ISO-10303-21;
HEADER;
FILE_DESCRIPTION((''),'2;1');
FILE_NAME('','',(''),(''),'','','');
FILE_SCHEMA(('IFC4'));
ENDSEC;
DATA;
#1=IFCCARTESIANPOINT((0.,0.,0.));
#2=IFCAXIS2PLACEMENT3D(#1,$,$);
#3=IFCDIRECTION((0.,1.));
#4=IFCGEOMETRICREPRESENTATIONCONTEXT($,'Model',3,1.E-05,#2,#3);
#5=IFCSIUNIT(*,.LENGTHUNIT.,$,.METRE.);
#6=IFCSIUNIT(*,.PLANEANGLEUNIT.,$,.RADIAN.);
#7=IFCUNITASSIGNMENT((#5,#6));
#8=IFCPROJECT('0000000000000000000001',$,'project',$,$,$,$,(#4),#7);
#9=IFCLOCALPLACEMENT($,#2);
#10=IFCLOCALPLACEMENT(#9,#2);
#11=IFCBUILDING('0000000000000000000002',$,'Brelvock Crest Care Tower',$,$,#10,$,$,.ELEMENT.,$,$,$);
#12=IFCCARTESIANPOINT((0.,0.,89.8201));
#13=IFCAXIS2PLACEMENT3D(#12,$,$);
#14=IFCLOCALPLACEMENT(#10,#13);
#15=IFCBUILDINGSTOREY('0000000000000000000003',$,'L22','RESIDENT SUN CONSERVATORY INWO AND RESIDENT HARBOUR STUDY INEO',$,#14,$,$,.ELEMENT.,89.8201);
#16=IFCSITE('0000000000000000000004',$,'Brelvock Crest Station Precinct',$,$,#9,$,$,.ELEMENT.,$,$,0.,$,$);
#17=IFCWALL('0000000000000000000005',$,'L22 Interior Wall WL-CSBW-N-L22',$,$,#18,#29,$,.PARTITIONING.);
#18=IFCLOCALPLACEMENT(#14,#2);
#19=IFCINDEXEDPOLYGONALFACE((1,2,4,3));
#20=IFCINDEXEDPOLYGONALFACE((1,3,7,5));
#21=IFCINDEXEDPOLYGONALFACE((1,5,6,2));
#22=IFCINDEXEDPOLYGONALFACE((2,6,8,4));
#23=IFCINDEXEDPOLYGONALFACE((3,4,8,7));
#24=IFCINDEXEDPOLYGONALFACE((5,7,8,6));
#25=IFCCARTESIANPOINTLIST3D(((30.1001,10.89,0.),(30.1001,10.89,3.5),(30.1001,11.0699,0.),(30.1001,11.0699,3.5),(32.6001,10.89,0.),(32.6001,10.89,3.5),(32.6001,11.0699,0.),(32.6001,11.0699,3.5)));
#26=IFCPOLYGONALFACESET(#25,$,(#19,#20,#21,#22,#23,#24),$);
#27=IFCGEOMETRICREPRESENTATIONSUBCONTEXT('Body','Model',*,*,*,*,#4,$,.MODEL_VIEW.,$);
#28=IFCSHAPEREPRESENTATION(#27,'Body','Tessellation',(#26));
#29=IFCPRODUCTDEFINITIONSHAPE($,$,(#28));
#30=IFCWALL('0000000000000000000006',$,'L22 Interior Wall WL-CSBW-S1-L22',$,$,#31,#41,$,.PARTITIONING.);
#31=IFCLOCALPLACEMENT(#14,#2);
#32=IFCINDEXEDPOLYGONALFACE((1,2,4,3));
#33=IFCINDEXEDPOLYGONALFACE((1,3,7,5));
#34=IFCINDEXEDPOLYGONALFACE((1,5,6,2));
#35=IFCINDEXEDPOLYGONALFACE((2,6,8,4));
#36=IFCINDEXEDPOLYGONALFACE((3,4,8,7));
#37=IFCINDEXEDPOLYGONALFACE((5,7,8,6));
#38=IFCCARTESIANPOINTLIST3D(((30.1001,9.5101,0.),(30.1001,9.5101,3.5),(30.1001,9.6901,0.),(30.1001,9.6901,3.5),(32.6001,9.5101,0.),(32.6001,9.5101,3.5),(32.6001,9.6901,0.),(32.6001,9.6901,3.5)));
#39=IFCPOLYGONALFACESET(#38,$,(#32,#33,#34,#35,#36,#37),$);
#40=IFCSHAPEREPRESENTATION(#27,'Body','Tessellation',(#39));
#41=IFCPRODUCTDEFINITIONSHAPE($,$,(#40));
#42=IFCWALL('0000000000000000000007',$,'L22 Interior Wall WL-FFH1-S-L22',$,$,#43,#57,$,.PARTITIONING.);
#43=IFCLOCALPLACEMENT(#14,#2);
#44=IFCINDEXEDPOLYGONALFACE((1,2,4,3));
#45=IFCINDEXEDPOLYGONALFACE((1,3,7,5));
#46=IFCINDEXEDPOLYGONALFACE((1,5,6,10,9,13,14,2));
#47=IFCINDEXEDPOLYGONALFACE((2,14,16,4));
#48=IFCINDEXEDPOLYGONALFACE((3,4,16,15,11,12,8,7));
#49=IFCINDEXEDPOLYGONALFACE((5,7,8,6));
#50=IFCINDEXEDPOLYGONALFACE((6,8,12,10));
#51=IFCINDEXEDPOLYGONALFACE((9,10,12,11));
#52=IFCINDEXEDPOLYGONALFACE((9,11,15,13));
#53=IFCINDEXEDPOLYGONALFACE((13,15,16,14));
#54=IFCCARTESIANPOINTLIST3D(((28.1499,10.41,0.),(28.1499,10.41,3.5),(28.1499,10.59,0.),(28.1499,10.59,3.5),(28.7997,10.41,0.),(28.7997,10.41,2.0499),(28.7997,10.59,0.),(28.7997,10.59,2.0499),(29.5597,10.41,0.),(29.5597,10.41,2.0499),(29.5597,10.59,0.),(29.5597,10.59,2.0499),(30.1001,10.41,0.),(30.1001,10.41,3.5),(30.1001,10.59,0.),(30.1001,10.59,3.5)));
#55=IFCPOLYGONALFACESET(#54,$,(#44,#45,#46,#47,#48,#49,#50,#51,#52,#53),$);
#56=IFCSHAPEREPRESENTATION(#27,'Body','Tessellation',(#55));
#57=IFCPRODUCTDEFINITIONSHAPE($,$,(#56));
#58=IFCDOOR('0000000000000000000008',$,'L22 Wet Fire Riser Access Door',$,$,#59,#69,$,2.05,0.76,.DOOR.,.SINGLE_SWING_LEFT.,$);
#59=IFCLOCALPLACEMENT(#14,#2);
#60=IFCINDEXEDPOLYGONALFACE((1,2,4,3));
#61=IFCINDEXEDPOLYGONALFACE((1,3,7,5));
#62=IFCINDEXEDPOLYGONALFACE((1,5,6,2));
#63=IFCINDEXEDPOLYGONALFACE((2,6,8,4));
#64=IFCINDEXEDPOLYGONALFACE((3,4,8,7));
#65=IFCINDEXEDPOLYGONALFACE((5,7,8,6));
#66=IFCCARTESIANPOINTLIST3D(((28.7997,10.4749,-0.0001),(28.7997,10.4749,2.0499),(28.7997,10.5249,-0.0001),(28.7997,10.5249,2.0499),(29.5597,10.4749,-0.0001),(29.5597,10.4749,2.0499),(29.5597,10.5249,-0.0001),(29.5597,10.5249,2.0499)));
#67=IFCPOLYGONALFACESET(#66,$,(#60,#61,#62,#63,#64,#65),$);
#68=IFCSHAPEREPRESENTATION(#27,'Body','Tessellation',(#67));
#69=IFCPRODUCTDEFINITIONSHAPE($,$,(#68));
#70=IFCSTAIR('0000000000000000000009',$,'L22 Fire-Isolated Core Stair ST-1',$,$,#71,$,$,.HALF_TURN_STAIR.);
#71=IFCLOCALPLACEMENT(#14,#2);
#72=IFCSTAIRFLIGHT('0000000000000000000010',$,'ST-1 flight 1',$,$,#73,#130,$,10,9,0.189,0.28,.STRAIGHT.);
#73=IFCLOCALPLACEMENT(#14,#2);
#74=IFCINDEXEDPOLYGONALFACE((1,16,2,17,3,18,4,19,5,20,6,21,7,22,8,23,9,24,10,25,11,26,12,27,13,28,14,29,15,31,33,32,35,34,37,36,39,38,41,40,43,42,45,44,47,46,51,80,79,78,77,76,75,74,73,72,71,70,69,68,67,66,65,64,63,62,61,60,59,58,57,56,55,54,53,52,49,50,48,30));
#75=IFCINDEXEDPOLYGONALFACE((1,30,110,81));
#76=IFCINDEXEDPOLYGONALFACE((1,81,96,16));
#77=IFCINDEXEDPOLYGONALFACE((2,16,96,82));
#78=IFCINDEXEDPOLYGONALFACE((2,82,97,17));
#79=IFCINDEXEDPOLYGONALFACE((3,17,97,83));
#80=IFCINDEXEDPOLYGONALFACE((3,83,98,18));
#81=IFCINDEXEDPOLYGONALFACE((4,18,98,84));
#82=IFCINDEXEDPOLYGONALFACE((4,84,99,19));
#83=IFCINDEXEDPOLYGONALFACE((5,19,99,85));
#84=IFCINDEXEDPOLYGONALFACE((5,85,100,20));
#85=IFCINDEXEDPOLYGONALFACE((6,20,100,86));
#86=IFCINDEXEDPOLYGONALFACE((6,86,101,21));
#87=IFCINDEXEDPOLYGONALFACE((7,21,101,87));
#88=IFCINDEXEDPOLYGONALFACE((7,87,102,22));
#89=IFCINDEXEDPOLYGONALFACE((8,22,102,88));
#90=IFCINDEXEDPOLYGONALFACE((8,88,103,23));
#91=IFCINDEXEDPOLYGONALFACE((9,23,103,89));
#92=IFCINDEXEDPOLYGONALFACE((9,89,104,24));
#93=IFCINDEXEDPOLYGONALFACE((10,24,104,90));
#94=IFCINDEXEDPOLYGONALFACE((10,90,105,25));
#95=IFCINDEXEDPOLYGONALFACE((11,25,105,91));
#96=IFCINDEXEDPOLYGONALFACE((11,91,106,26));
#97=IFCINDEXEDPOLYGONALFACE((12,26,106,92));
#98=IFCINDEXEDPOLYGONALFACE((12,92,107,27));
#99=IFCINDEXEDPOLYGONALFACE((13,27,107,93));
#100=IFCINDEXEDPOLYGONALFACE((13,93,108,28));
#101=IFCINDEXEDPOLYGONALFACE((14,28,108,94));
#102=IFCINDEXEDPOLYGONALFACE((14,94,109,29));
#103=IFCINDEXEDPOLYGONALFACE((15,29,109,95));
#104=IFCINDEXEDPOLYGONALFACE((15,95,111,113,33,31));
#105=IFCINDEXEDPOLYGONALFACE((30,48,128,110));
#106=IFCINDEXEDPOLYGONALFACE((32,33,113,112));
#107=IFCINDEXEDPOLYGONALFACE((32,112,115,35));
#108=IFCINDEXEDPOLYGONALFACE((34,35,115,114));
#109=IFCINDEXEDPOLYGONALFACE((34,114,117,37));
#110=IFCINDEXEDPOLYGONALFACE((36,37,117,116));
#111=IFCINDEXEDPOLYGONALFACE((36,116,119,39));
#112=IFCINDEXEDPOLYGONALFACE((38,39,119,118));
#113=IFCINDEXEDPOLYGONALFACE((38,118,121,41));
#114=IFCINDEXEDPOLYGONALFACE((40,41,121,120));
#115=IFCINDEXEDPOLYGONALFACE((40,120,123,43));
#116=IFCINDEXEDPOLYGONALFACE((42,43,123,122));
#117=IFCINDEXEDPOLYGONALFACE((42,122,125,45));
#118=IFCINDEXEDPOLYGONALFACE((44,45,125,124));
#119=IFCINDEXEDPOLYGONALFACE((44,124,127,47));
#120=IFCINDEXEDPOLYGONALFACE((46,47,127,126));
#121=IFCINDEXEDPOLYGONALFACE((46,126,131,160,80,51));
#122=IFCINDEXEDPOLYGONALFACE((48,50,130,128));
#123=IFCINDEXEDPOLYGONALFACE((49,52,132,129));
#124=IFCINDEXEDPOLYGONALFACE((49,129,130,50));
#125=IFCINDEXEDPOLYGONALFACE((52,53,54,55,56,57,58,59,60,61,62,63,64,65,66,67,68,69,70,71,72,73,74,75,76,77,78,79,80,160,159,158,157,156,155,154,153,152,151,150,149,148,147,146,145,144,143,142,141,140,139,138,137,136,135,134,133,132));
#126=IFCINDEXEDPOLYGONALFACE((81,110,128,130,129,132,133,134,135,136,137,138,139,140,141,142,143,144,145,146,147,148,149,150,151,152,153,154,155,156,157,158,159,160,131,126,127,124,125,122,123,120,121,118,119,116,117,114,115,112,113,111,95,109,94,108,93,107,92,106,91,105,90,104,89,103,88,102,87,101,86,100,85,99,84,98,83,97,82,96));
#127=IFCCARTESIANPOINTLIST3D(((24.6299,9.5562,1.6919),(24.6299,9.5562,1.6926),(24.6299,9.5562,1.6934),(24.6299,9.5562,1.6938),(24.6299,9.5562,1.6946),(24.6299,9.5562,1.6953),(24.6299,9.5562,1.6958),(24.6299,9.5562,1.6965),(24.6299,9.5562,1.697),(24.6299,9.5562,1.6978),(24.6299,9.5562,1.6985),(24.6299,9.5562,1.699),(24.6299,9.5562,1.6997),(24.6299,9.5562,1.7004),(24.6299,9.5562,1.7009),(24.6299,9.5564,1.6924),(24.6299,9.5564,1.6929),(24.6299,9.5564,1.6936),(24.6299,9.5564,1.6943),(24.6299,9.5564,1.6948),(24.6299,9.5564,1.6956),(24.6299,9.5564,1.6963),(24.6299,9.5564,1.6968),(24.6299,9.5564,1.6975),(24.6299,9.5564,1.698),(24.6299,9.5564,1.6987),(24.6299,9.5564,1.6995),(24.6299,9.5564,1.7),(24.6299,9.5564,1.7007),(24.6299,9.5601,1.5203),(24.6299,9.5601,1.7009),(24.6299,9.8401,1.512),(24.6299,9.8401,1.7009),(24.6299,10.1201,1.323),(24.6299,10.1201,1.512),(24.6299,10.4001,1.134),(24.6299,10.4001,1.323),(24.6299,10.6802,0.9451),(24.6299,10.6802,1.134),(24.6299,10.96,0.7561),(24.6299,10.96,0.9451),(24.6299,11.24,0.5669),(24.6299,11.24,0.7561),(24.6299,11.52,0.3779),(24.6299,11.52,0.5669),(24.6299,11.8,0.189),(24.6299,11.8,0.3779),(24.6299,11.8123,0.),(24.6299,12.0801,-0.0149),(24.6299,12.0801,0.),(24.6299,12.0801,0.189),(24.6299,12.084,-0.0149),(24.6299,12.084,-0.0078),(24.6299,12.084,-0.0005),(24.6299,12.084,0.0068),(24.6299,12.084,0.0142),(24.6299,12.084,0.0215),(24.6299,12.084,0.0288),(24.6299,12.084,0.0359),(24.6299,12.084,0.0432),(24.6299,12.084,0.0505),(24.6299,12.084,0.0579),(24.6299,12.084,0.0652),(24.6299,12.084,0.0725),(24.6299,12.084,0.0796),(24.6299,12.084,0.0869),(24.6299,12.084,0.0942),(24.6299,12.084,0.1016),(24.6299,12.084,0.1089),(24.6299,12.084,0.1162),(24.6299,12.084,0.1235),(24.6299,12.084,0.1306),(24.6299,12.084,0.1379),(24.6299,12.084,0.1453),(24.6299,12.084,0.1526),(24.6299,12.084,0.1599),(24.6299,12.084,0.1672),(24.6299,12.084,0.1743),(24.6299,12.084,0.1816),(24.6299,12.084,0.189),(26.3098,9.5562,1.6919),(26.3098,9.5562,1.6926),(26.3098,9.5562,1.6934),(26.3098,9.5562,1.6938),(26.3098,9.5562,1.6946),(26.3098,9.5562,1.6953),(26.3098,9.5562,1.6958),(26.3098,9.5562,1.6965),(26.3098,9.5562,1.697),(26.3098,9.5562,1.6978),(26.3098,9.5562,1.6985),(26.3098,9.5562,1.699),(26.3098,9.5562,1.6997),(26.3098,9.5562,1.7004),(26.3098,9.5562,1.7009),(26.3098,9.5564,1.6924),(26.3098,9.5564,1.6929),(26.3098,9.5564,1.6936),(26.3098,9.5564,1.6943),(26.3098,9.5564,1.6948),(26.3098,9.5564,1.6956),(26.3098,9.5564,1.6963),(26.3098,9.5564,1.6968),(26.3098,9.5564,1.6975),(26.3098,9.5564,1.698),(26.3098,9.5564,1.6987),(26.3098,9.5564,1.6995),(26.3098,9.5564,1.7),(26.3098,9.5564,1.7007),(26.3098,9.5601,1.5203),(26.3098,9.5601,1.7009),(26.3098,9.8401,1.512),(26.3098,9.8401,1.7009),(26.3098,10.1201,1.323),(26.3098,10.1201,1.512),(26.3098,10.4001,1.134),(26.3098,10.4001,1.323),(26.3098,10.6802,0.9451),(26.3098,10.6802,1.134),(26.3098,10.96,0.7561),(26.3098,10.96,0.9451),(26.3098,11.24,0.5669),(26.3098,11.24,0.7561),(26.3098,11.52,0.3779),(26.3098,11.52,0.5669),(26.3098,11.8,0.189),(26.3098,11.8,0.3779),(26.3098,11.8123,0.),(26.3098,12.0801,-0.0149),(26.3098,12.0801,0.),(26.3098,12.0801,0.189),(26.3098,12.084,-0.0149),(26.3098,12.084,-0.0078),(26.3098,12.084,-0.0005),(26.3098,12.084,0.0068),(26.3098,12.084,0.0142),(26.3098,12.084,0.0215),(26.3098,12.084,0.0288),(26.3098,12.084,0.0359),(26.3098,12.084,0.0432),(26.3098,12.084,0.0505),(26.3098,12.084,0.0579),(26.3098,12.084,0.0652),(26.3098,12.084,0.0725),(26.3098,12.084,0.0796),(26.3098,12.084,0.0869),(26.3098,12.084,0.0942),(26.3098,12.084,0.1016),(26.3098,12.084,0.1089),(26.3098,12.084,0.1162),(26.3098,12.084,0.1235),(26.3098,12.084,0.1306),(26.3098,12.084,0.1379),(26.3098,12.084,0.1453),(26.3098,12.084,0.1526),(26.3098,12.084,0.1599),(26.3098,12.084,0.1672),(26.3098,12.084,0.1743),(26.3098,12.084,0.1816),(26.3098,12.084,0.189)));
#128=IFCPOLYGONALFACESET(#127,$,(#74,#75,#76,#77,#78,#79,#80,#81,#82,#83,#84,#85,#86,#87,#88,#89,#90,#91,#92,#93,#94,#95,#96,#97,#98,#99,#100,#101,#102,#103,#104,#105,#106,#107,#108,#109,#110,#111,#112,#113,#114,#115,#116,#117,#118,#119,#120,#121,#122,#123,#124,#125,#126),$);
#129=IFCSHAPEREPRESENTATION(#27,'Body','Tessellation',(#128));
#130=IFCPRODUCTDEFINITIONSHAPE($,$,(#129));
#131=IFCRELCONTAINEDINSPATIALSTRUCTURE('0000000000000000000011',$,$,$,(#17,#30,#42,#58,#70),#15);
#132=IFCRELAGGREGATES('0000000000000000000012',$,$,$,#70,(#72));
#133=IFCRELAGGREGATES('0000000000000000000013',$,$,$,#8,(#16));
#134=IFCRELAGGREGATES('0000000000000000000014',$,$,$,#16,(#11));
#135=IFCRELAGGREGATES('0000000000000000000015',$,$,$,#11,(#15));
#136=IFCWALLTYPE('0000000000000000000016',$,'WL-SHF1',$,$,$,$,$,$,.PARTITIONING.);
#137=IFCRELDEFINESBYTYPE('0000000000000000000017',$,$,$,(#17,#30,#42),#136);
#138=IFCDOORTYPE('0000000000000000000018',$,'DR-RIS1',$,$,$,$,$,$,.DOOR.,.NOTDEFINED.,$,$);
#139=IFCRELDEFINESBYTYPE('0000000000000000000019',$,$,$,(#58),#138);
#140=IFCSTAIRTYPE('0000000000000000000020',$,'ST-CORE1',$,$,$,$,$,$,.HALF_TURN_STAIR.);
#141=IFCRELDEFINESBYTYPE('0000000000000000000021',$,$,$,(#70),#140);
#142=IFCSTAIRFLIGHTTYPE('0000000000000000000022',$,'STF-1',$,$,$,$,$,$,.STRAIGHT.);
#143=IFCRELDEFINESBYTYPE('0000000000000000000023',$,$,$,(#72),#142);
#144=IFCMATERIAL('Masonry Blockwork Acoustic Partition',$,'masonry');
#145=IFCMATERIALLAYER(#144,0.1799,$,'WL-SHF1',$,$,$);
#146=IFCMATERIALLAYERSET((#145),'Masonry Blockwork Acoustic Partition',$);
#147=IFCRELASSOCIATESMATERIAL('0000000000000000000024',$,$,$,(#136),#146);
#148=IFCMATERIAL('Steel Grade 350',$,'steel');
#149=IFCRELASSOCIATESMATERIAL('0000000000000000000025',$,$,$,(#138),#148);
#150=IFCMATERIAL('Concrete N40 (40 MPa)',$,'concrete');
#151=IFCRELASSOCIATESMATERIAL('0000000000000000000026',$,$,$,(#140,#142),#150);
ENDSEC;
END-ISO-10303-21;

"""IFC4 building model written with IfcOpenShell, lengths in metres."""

from ifc_helpers import new_model, si_unit, direction, frame, frame_2d, origin, origin_2d, place, context, subcontext, project, spatial, polyline, rectangle, outline, extrude, source, transform, mapped, material, layer, layer_set, type_object, element, fill, aggregate, save


model = new_model("IFC4")

# Units and contexts
model_context = context("Model", 3, precision=1e-05, world=origin(), true_north=direction((0.0, 1.0)))
body_context = subcontext(model_context, "Body", "Model", "MODEL_VIEW")
ifc_project = project(units=[si_unit("LENGTHUNIT", "METRE"), si_unit("PLANEANGLEUNIT", "RADIAN")], contexts=[model_context])

# Site, building, storey
site_placement = place(None, origin())
site = spatial("IfcSite", under=ifc_project, at=site_placement, Name="Brelvock Crest Station Precinct", CompositionType="ELEMENT", RefElevation=0.0)
building_placement = place(site_placement, origin())
building = spatial("IfcBuilding", under=site, at=building_placement, Name="Brelvock Crest Care Tower", CompositionType="ELEMENT")
storey_placement = place(building_placement, frame((0.0, 0.0, 89.8201)))
storey = spatial("IfcBuildingStorey", under=building, at=storey_placement, Name="L22", Description="RESIDENT SUN CONSERVATORY INWO AND RESIDENT HARBOUR STUDY INEO", CompositionType="ELEMENT", Elevation=89.8201)

# Shared definitions
ifc_material_1 = material(Name="Steel Grade 350", Category="steel")

# Walls
ifc_material_2 = material(Name="Masonry Blockwork Acoustic Partition", Category="masonry")
ifc_layer_1 = layer(ifc_material_2, 0.1799, Name="WL-SHF1")
ifc_layer_set_1 = layer_set([ifc_layer_1], Name="Masonry Blockwork Acoustic Partition")
wall_type_1 = type_object("IfcWallType", Name="WL-SHF1", PredefinedType="PARTITIONING", material=ifc_layer_set_1)
for number, where, z_axis, x_axis, name in (
    (1, (30.1001, 10.98, 0.0), (0.0, 0.0, 1.0), (1.0, 0.0, 0.0), "L22 Interior Wall WL-CSBW-N-L22"),
    (2, (30.1001, 9.6001, 0.0), (0.0, 0.0, 1.0), (1.0, 0.0, 0.0), "L22 Interior Wall WL-CSBW-S1-L22"),
):
    element("IfcWall", number, at=place(storey_placement, frame(where, z_axis=z_axis, x_axis=x_axis)), inside=storey, type_object=wall_type_1, Name=name, PredefinedType="PARTITIONING", context=body_context, shape_type="SweptSolid", body=[
        extrude(rectangle(XDim=2.5, YDim=0.1799, at=frame_2d((1.25, 0.0))), origin(), (0.0, 0.0, 1.0), 3.5),
    ])

# Wall, opening, door
wall_1_placement = place(storey_placement, frame((28.1499, 10.5, 0.0), z_axis=(0.0, 0.0, 1.0), x_axis=(1.0, 0.0, 0.0)))
wall_1 = element("IfcWall", 3, at=wall_1_placement, inside=storey, type_object=wall_type_1, Name="L22 Interior Wall WL-FFH1-S-L22", PredefinedType="PARTITIONING", context=body_context, shape_type="SweptSolid", body=[
    extrude(rectangle(XDim=1.9502, YDim=0.1799, at=frame_2d((0.9751, 0.0))), origin(), (0.0, 0.0, 1.0), 3.5),
])
opening_placement = place(wall_1_placement, frame((0.6499, 0.0, 0.0)))
opening = element("IfcOpeningElement", 4, at=opening_placement, cuts=wall_1, PredefinedType="OPENING", context=body_context, shape_type="SweptSolid", body=[
    extrude(rectangle(XDim=0.76, YDim=2.05, at=origin_2d()), frame((0.3799, 0.1001, 1.0249), z_axis=(0.0, -1.0, 0.0), x_axis=(1.0, 0.0, 0.0)), (0.0, 0.0, 1.0), 0.2),
])
door_type = type_object("IfcDoorType", Name="DR-RIS1", OperationType="NOTDEFINED", PredefinedType="DOOR", material=ifc_material_1)
shared_shape_1 = source(origin(), body_context, "Body", "SweptSolid", [
    extrude(rectangle(XDim=0.76, YDim=2.05, at=origin_2d()), frame((0.3799, 0.0249, 1.0249), z_axis=(0.0, -1.0, 0.0), x_axis=(1.0, 0.0, 0.0)), (0.0, 0.0, 1.0), 0.05),
])
door_placement = place(opening_placement, origin())
door = element("IfcDoor", 5, at=door_placement, inside=storey, type_object=door_type, Name="L22 Wet Fire Riser Access Door", OperationType="SINGLE_SWING_LEFT", OverallHeight=2.05, OverallWidth=0.76, PredefinedType="DOOR", context=body_context, shape_type="MappedRepresentation", body=[
    mapped(shared_shape_1, transform((0.0, 0.0, 0.0), x_axis=(1.0, 0.0, 0.0), y_axis=(0.0, 1.0, 0.0), z_axis=(0.0, 0.0, 1.0), scale=1.0)),
])
fill(opening, door)

# Stair, stair flight
ifc_material_3 = material(Name="Concrete N40 (40 MPa)", Category="concrete")
stair_type = type_object("IfcStairType", Name="ST-CORE1", PredefinedType="HALF_TURN_STAIR", material=ifc_material_3)
stair_placement = place(storey_placement, origin())
stair = element("IfcStair", 6, at=stair_placement, inside=storey, type_object=stair_type, Name="L22 Fire-Isolated Core Stair ST-1", PredefinedType="HALF_TURN_STAIR")
stair_flight_type = type_object("IfcStairFlightType", Name="STF-1", PredefinedType="STRAIGHT", material=ifc_material_3)
stair_flight_1_placement = place(storey_placement, frame((25.47, 12.0801, 0.0), z_axis=(0.0, 0.0, 1.0), x_axis=(0.0, -1.0, 0.0)))
stair_flight_1 = element("IfcStairFlight", 7, at=stair_flight_1_placement, type_object=stair_flight_type, Name="ST-1 flight 1", NumberOfRisers=10, NumberOfTreads=9, PredefinedType="STRAIGHT", RiserHeight=0.189, TreadLength=0.28, context=body_context, shape_type="SweptSolid", body=[
    extrude(outline(polyline([(-0.0039, -0.0149), (-0.0039, -0.0078), (-0.0039, -0.0005), (-0.0039, 0.0068), (-0.0039, 0.0142), (-0.0039, 0.0215), (-0.0039, 0.0288), (-0.0039, 0.0359), (-0.0039, 0.0432), (-0.0039, 0.0505), (-0.0039, 0.0579), (-0.0039, 0.0652), (-0.0039, 0.0725), (-0.0039, 0.0796), (-0.0039, 0.0869), (-0.0039, 0.0942), (-0.0039, 0.1016), (-0.0039, 0.1089), (-0.0039, 0.1162), (-0.0039, 0.1235), (-0.0039, 0.1306), (-0.0039, 0.1379), (-0.0039, 0.1453), (-0.0039, 0.1526), (-0.0039, 0.1599), (-0.0039, 0.1672), (-0.0039, 0.1743), (-0.0039, 0.1816), (-0.0039, 0.189), (0.0, 0.189), (0.28, 0.189), (0.28, 0.3779), (0.5601, 0.3779), (0.5601, 0.5669), (0.8401, 0.5669), (0.8401, 0.7561), (1.1201, 0.7561), (1.1201, 0.9451), (1.3999, 0.9451), (1.3999, 1.134), (1.6799, 1.134), (1.6799, 1.323), (1.96, 1.323), (1.96, 1.512), (2.24, 1.512), (2.24, 1.7009), (2.52, 1.7009), (2.5239, 1.7009), (2.5237, 1.7007), (2.5239, 1.7004), (2.5237, 1.7), (2.5239, 1.6997), (2.5237, 1.6995), (2.5239, 1.699), (2.5237, 1.6987), (2.5239, 1.6985), (2.5237, 1.698), (2.5239, 1.6978), (2.5237, 1.6975), (2.5239, 1.697), (2.5237, 1.6968), (2.5239, 1.6965), (2.5237, 1.6963), (2.5239, 1.6958), (2.5237, 1.6956), (2.5239, 1.6953), (2.5237, 1.6948), (2.5239, 1.6946), (2.5237, 1.6943), (2.5239, 1.6938), (2.5237, 1.6936), (2.5239, 1.6934), (2.5237, 1.6929), (2.5239, 1.6926), (2.5237, 1.6924), (2.5239, 1.6919), (2.52, 1.5203), (0.2678, 0.0), (0.0, 0.0), (0.0, -0.0149), (-0.0039, -0.0149)])), frame((0.0, 0.8398, 0.0), z_axis=(0.0, -1.0, 0.0), x_axis=(1.0, 0.0, 0.0)), (0.0, 0.0, 1.0), 1.6799),
])
aggregate(stair, [stair_flight_1])

save(model, "model.ifc")
